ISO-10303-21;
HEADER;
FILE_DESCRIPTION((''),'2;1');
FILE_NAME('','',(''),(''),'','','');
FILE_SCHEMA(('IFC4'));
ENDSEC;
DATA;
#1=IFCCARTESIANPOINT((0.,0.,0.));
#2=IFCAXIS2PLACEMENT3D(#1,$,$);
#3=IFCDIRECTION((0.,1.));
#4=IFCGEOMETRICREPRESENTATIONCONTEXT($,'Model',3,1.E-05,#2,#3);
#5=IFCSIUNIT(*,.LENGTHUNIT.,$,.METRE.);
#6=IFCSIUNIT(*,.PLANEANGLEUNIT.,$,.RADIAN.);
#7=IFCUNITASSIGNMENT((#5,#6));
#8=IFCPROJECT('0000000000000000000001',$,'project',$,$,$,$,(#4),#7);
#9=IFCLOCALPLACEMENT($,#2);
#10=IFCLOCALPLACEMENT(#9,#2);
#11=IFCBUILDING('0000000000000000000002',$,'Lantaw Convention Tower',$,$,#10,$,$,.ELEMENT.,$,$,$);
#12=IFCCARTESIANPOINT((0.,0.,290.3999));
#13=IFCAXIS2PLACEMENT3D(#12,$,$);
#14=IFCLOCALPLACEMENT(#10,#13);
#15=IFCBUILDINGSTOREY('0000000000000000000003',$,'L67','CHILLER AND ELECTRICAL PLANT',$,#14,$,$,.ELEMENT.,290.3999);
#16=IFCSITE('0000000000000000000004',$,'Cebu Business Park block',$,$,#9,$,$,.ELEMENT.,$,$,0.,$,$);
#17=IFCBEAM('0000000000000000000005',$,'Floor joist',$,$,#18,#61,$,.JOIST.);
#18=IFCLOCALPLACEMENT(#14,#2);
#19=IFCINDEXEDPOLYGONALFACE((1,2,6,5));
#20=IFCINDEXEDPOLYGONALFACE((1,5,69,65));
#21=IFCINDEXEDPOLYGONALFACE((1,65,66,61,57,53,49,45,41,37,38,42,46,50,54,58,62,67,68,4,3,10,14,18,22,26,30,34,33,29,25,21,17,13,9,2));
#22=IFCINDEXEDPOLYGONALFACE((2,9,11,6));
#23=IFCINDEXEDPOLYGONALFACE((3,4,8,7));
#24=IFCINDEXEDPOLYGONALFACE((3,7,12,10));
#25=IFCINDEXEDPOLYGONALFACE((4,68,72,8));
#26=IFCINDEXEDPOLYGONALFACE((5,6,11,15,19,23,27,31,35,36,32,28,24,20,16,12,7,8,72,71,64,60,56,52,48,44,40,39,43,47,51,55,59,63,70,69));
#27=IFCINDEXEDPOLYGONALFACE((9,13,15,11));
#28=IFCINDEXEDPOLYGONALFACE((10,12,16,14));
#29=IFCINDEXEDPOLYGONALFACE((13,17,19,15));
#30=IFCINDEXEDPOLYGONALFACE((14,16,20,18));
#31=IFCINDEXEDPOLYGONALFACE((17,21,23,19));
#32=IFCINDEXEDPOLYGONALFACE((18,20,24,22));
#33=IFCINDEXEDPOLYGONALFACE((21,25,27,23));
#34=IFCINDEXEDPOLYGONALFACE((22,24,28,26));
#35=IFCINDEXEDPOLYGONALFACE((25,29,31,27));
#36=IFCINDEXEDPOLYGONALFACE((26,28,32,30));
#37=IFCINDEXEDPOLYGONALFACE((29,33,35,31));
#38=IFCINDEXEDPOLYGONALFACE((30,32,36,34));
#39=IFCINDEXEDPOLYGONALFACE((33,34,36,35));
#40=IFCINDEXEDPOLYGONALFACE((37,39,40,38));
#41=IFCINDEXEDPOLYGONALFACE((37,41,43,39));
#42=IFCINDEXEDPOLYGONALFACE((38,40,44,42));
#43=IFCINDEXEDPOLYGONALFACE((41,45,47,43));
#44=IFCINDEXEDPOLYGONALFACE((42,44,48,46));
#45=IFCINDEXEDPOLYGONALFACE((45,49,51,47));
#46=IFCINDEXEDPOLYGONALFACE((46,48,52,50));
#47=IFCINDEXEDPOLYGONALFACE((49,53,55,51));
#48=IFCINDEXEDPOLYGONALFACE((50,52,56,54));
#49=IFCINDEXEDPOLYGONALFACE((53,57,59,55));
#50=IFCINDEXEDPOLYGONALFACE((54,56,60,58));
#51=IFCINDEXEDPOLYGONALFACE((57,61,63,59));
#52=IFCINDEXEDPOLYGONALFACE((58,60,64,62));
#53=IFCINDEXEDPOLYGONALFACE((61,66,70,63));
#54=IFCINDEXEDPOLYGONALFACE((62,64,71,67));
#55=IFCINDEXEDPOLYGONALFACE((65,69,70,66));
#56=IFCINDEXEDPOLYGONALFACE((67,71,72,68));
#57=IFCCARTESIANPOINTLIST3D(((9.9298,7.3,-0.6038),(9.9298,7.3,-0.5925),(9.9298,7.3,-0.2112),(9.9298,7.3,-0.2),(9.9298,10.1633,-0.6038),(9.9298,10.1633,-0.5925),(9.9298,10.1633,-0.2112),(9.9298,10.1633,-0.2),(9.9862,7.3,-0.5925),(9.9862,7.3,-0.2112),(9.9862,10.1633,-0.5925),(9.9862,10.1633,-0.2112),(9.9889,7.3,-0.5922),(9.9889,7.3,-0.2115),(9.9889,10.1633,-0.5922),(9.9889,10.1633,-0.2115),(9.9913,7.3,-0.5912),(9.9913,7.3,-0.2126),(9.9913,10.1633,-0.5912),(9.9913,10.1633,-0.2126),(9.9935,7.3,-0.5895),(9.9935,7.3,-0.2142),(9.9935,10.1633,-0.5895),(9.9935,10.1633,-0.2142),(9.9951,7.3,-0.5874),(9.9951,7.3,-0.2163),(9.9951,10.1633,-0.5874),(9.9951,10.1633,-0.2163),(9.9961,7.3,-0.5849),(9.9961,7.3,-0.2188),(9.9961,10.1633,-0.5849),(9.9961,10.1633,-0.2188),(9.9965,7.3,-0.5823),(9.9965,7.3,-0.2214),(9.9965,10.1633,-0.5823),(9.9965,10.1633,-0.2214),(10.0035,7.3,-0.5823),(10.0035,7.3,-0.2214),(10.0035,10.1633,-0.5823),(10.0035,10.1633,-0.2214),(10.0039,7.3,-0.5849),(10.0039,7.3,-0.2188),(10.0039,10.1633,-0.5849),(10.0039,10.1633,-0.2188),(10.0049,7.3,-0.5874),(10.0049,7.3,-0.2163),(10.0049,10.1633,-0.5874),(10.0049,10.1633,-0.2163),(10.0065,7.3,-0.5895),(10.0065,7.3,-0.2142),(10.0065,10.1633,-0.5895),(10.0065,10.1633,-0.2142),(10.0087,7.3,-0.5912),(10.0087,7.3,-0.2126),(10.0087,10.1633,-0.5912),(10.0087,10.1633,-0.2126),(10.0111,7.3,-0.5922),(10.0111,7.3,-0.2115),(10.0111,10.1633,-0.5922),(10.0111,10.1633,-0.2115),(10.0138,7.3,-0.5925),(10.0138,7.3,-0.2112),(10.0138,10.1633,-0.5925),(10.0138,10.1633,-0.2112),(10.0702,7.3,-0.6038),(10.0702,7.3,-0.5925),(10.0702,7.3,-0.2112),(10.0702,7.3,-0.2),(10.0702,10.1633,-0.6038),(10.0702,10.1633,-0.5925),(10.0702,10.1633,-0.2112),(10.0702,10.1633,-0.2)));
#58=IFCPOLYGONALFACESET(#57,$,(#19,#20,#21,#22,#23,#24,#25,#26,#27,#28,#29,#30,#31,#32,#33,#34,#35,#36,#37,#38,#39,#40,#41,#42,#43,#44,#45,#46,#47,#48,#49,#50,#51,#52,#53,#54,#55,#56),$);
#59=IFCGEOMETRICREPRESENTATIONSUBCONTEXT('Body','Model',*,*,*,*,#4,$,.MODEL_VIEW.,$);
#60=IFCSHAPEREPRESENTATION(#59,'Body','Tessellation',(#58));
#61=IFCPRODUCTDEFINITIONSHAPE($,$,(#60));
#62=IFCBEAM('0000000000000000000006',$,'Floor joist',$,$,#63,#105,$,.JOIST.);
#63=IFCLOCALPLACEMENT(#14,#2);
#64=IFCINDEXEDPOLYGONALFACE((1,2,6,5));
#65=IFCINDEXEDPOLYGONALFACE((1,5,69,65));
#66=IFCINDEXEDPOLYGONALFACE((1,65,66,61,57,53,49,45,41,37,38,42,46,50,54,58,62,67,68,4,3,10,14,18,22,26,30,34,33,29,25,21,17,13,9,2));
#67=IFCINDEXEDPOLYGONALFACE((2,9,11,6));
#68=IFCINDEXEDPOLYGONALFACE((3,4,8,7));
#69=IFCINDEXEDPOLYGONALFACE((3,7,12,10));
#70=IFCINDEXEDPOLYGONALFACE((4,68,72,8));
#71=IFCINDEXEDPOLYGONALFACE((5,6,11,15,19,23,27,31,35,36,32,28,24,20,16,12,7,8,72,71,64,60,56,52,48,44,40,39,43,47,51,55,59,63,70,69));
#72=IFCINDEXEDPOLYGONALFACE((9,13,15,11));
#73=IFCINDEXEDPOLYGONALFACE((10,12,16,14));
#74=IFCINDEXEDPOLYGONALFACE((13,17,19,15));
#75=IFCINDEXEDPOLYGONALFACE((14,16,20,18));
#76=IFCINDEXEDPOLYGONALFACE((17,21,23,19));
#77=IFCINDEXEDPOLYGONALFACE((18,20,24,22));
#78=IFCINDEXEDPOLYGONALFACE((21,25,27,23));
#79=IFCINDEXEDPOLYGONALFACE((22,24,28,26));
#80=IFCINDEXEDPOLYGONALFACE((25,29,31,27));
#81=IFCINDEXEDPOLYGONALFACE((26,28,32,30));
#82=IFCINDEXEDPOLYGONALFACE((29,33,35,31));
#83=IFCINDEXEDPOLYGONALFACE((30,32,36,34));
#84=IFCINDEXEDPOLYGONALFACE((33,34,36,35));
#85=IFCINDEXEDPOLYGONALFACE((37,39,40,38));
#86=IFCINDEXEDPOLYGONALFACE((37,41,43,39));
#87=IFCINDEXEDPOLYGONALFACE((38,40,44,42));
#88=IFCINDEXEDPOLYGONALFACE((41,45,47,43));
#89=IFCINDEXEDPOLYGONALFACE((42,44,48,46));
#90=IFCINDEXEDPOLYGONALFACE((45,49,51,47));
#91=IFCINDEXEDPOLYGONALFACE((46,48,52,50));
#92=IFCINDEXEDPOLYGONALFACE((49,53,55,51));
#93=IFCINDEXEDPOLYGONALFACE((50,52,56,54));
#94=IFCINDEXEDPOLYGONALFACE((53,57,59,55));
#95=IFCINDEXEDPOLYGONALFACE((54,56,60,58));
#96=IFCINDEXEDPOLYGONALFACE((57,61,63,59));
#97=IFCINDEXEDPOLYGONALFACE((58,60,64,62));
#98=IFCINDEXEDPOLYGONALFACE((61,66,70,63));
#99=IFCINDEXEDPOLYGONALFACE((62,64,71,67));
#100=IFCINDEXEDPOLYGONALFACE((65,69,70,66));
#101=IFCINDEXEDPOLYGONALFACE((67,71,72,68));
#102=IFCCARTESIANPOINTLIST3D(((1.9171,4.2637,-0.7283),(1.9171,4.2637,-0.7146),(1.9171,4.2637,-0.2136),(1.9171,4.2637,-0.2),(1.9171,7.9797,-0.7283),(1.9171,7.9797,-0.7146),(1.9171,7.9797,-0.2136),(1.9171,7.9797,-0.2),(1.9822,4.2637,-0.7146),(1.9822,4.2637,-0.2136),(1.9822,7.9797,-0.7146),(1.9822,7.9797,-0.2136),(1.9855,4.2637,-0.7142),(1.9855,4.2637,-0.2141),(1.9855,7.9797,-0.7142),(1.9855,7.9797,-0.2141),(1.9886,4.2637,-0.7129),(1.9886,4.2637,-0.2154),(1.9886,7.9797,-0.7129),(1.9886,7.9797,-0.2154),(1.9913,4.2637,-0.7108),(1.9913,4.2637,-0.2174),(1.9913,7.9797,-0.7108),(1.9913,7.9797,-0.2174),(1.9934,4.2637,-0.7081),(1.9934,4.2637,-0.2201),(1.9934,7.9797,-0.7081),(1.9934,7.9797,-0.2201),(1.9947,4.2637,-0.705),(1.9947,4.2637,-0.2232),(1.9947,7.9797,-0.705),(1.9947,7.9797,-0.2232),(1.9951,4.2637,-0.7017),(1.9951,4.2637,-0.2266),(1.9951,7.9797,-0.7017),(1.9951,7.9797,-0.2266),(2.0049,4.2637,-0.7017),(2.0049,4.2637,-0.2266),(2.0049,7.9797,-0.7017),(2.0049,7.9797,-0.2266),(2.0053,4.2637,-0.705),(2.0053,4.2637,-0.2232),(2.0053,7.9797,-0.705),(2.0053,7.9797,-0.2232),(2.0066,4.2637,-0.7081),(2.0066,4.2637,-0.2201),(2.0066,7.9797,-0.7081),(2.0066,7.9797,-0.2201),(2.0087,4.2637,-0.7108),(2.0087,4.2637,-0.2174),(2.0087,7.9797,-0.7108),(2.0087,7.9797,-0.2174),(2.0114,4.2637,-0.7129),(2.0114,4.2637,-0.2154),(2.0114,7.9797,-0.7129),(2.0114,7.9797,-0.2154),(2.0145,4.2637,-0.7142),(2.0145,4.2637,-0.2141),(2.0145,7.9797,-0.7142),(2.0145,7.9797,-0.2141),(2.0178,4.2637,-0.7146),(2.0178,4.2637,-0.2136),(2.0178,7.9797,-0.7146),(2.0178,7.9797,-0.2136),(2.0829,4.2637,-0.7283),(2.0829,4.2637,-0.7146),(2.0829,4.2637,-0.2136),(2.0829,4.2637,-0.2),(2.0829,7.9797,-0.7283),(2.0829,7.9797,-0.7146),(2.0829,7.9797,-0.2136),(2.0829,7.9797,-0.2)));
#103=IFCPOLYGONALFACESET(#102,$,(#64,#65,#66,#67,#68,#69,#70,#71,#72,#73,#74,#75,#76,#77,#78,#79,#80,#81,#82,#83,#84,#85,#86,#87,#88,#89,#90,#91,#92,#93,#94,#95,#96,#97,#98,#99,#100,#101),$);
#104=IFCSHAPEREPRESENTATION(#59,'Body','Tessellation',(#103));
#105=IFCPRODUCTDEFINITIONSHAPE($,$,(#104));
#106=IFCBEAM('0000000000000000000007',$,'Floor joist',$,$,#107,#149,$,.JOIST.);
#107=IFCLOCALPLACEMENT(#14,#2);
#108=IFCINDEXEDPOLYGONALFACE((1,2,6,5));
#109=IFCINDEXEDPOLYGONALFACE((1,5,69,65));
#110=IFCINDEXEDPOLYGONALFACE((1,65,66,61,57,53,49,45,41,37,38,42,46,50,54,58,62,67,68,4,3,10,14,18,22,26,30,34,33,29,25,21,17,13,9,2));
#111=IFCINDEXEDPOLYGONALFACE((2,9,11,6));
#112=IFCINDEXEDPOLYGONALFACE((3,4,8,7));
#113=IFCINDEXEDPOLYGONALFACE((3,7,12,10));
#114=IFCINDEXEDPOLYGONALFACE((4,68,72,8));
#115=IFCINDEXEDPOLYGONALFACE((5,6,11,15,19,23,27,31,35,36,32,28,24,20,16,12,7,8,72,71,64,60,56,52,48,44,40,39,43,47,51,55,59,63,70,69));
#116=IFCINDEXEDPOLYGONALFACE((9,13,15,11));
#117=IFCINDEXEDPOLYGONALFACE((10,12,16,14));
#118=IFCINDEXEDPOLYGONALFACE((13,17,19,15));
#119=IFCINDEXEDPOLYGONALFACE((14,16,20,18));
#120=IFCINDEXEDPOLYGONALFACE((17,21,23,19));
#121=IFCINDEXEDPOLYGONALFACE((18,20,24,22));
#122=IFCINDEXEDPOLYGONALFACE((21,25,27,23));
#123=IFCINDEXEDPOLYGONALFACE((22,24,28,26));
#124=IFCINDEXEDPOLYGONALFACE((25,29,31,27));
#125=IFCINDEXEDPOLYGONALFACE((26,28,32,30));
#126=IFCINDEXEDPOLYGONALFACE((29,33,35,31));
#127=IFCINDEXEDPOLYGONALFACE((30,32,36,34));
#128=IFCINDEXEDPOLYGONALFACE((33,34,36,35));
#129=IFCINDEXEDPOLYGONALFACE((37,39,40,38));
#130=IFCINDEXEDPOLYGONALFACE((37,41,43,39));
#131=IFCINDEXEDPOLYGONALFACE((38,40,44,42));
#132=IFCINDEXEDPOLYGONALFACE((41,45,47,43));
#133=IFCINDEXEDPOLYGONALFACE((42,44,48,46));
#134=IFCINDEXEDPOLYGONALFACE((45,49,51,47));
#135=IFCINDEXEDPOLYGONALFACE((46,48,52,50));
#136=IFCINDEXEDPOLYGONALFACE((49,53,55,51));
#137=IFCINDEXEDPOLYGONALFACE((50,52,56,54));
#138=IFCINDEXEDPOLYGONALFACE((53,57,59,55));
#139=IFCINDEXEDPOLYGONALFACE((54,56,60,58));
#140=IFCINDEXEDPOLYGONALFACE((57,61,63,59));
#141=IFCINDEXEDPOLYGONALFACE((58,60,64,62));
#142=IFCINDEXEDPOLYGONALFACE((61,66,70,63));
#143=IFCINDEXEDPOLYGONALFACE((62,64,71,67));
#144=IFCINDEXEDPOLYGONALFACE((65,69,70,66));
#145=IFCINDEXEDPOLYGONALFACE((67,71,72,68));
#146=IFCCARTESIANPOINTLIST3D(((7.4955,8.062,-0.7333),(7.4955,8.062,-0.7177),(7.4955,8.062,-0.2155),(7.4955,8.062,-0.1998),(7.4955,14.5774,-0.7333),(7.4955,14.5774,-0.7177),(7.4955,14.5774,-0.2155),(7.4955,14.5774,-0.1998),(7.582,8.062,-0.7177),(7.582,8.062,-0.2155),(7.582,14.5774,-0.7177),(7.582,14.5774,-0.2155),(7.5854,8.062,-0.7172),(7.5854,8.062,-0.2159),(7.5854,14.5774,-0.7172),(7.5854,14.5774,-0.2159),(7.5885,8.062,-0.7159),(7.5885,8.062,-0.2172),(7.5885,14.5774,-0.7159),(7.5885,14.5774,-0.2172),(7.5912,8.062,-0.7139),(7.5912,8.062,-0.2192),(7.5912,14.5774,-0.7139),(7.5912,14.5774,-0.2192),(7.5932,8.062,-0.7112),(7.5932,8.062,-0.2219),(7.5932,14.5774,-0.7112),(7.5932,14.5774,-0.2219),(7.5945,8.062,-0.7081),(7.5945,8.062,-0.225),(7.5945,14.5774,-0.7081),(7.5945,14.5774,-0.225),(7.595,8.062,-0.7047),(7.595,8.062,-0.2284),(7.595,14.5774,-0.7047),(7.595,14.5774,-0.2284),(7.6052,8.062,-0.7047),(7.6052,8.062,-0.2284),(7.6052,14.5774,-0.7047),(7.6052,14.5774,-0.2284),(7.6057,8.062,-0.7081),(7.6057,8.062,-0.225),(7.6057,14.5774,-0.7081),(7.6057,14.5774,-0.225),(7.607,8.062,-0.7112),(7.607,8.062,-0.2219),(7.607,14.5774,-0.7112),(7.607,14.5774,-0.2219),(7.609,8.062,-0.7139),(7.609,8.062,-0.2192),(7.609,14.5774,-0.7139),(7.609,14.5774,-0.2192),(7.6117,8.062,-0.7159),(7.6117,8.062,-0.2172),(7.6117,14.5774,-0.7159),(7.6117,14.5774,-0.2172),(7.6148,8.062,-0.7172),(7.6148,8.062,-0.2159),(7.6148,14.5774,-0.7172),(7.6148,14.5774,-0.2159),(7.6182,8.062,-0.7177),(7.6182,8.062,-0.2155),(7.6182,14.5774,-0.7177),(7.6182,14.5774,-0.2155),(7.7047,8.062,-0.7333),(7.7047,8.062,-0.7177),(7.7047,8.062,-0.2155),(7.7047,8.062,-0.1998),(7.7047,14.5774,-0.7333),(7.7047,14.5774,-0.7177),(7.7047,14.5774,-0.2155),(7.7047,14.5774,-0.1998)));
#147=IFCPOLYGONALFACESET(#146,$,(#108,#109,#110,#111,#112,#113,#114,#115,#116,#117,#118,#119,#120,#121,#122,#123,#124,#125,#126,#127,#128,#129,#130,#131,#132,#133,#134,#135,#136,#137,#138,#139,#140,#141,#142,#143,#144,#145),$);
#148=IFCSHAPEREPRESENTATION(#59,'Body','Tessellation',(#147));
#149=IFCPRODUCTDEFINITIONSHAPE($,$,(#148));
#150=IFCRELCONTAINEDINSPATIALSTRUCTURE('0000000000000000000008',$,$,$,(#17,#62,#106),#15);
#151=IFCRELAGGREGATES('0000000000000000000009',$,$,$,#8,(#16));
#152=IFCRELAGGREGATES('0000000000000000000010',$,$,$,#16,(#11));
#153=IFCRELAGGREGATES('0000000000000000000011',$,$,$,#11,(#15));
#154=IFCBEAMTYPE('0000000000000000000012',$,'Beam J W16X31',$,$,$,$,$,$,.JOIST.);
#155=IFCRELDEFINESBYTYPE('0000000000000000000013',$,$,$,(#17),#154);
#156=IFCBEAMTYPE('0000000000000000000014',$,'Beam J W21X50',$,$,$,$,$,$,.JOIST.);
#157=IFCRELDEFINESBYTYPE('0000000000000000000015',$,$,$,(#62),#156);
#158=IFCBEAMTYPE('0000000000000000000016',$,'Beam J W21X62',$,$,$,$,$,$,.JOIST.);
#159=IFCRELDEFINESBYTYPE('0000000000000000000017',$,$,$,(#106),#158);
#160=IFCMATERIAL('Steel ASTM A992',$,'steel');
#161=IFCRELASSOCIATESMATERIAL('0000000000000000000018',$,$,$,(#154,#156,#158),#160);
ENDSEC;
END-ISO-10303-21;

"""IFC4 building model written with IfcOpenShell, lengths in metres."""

from ifc_helpers import new_model, si_unit, direction, frame, origin, origin_2d, place, context, subcontext, project, spatial, i_section, extrude, material, material_profile, profile_set, type_object, element, save


model = new_model("IFC4")

# Units and contexts
model_context = context("Model", 3, precision=1e-05, world=origin(), true_north=direction((0.0, 1.0)))
body_context = subcontext(model_context, "Body", "Model", "MODEL_VIEW")
ifc_project = project(units=[si_unit("LENGTHUNIT", "METRE"), si_unit("PLANEANGLEUNIT", "RADIAN")], contexts=[model_context])

# Site, building, storey
site_placement = place(None, origin())
site = spatial("IfcSite", under=ifc_project, at=site_placement, Name="Cebu Business Park block", CompositionType="ELEMENT", RefElevation=0.0)
building_placement = place(site_placement, origin())
building = spatial("IfcBuilding", under=site, at=building_placement, Name="Lantaw Convention Tower", CompositionType="ELEMENT")
storey_placement = place(building_placement, frame((0.0, 0.0, 290.3999)))
storey = spatial("IfcBuildingStorey", under=building, at=storey_placement, Name="L67", Description="CHILLER AND ELECTRICAL PLANT", CompositionType="ELEMENT", Elevation=290.3999)

# Beams
ifc_material_1 = material(Name="Steel ASTM A992", Category="steel")
ifc_material_profile_1 = material_profile(ifc_material_1, i_section(OverallWidth=0.1404, OverallDepth=0.4038, WebThickness=0.0071, FlangeThickness=0.0112, FilletRadius=0.0103, at=origin_2d()), Name="W16X31")
ifc_profile_set_1 = profile_set([ifc_material_profile_1], Name="Steel ASTM A992")
beam_type_1 = type_object("IfcBeamType", Name="Beam J W16X31", PredefinedType="JOIST", material=ifc_profile_set_1)
beam_1_placement = place(storey_placement, frame((10.0, 7.3, -0.4019), z_axis=(0.0, 1.0, 0.0), x_axis=(-1.0, 0.0, 0.0)))
element("IfcBeam", 1, at=beam_1_placement, inside=storey, type_object=beam_type_1, Name="Floor joist", PredefinedType="JOIST", context=body_context, shape_type="SweptSolid", body=[
    extrude(i_section(OverallWidth=0.1404, OverallDepth=0.4038, WebThickness=0.0071, FlangeThickness=0.0112, FilletRadius=0.0103, at=origin_2d()), origin(), (0.0, 0.0, 1.0), 2.8633),
])
ifc_material_profile_2 = material_profile(ifc_material_1, i_section(OverallWidth=0.1658, OverallDepth=0.5283, WebThickness=0.0098, FlangeThickness=0.0137, FilletRadius=0.0129, at=origin_2d()), Name="W21X50")
ifc_profile_set_2 = profile_set([ifc_material_profile_2], Name="Steel ASTM A992")
beam_type_2 = type_object("IfcBeamType", Name="Beam J W21X50", PredefinedType="JOIST", material=ifc_profile_set_2)
beam_2_placement = place(storey_placement, frame((2.0, 4.2637, -0.4641), z_axis=(0.0, 1.0, 0.0), x_axis=(-1.0, 0.0, 0.0)))
element("IfcBeam", 2, at=beam_2_placement, inside=storey, type_object=beam_type_2, Name="Floor joist", PredefinedType="JOIST", context=body_context, shape_type="SweptSolid", body=[
    extrude(i_section(OverallWidth=0.1658, OverallDepth=0.5283, WebThickness=0.0098, FlangeThickness=0.0137, FilletRadius=0.0129, at=origin_2d()), origin(), (0.0, 0.0, 1.0), 3.7161),
])
ifc_material_profile_3 = material_profile(ifc_material_1, i_section(OverallWidth=0.2092, OverallDepth=0.5334, WebThickness=0.0103, FlangeThickness=0.0156, FilletRadius=0.0129, at=origin_2d()), Name="W21X62")
ifc_profile_set_3 = profile_set([ifc_material_profile_3], Name="Steel ASTM A992")
beam_type_3 = type_object("IfcBeamType", Name="Beam J W21X62", PredefinedType="JOIST", material=ifc_profile_set_3)
beam_3_placement = place(storey_placement, frame((7.6001, 8.062, -0.4666), z_axis=(0.0, 1.0, 0.0), x_axis=(-1.0, 0.0, 0.0)))
element("IfcBeam", 3, at=beam_3_placement, inside=storey, type_object=beam_type_3, Name="Floor joist", PredefinedType="JOIST", context=body_context, shape_type="SweptSolid", body=[
    extrude(i_section(OverallWidth=0.2092, OverallDepth=0.5334, WebThickness=0.0103, FlangeThickness=0.0156, FilletRadius=0.0129, at=origin_2d()), origin(), (0.0, 0.0, 1.0), 6.5154),
])

save(model, "model.ifc")
